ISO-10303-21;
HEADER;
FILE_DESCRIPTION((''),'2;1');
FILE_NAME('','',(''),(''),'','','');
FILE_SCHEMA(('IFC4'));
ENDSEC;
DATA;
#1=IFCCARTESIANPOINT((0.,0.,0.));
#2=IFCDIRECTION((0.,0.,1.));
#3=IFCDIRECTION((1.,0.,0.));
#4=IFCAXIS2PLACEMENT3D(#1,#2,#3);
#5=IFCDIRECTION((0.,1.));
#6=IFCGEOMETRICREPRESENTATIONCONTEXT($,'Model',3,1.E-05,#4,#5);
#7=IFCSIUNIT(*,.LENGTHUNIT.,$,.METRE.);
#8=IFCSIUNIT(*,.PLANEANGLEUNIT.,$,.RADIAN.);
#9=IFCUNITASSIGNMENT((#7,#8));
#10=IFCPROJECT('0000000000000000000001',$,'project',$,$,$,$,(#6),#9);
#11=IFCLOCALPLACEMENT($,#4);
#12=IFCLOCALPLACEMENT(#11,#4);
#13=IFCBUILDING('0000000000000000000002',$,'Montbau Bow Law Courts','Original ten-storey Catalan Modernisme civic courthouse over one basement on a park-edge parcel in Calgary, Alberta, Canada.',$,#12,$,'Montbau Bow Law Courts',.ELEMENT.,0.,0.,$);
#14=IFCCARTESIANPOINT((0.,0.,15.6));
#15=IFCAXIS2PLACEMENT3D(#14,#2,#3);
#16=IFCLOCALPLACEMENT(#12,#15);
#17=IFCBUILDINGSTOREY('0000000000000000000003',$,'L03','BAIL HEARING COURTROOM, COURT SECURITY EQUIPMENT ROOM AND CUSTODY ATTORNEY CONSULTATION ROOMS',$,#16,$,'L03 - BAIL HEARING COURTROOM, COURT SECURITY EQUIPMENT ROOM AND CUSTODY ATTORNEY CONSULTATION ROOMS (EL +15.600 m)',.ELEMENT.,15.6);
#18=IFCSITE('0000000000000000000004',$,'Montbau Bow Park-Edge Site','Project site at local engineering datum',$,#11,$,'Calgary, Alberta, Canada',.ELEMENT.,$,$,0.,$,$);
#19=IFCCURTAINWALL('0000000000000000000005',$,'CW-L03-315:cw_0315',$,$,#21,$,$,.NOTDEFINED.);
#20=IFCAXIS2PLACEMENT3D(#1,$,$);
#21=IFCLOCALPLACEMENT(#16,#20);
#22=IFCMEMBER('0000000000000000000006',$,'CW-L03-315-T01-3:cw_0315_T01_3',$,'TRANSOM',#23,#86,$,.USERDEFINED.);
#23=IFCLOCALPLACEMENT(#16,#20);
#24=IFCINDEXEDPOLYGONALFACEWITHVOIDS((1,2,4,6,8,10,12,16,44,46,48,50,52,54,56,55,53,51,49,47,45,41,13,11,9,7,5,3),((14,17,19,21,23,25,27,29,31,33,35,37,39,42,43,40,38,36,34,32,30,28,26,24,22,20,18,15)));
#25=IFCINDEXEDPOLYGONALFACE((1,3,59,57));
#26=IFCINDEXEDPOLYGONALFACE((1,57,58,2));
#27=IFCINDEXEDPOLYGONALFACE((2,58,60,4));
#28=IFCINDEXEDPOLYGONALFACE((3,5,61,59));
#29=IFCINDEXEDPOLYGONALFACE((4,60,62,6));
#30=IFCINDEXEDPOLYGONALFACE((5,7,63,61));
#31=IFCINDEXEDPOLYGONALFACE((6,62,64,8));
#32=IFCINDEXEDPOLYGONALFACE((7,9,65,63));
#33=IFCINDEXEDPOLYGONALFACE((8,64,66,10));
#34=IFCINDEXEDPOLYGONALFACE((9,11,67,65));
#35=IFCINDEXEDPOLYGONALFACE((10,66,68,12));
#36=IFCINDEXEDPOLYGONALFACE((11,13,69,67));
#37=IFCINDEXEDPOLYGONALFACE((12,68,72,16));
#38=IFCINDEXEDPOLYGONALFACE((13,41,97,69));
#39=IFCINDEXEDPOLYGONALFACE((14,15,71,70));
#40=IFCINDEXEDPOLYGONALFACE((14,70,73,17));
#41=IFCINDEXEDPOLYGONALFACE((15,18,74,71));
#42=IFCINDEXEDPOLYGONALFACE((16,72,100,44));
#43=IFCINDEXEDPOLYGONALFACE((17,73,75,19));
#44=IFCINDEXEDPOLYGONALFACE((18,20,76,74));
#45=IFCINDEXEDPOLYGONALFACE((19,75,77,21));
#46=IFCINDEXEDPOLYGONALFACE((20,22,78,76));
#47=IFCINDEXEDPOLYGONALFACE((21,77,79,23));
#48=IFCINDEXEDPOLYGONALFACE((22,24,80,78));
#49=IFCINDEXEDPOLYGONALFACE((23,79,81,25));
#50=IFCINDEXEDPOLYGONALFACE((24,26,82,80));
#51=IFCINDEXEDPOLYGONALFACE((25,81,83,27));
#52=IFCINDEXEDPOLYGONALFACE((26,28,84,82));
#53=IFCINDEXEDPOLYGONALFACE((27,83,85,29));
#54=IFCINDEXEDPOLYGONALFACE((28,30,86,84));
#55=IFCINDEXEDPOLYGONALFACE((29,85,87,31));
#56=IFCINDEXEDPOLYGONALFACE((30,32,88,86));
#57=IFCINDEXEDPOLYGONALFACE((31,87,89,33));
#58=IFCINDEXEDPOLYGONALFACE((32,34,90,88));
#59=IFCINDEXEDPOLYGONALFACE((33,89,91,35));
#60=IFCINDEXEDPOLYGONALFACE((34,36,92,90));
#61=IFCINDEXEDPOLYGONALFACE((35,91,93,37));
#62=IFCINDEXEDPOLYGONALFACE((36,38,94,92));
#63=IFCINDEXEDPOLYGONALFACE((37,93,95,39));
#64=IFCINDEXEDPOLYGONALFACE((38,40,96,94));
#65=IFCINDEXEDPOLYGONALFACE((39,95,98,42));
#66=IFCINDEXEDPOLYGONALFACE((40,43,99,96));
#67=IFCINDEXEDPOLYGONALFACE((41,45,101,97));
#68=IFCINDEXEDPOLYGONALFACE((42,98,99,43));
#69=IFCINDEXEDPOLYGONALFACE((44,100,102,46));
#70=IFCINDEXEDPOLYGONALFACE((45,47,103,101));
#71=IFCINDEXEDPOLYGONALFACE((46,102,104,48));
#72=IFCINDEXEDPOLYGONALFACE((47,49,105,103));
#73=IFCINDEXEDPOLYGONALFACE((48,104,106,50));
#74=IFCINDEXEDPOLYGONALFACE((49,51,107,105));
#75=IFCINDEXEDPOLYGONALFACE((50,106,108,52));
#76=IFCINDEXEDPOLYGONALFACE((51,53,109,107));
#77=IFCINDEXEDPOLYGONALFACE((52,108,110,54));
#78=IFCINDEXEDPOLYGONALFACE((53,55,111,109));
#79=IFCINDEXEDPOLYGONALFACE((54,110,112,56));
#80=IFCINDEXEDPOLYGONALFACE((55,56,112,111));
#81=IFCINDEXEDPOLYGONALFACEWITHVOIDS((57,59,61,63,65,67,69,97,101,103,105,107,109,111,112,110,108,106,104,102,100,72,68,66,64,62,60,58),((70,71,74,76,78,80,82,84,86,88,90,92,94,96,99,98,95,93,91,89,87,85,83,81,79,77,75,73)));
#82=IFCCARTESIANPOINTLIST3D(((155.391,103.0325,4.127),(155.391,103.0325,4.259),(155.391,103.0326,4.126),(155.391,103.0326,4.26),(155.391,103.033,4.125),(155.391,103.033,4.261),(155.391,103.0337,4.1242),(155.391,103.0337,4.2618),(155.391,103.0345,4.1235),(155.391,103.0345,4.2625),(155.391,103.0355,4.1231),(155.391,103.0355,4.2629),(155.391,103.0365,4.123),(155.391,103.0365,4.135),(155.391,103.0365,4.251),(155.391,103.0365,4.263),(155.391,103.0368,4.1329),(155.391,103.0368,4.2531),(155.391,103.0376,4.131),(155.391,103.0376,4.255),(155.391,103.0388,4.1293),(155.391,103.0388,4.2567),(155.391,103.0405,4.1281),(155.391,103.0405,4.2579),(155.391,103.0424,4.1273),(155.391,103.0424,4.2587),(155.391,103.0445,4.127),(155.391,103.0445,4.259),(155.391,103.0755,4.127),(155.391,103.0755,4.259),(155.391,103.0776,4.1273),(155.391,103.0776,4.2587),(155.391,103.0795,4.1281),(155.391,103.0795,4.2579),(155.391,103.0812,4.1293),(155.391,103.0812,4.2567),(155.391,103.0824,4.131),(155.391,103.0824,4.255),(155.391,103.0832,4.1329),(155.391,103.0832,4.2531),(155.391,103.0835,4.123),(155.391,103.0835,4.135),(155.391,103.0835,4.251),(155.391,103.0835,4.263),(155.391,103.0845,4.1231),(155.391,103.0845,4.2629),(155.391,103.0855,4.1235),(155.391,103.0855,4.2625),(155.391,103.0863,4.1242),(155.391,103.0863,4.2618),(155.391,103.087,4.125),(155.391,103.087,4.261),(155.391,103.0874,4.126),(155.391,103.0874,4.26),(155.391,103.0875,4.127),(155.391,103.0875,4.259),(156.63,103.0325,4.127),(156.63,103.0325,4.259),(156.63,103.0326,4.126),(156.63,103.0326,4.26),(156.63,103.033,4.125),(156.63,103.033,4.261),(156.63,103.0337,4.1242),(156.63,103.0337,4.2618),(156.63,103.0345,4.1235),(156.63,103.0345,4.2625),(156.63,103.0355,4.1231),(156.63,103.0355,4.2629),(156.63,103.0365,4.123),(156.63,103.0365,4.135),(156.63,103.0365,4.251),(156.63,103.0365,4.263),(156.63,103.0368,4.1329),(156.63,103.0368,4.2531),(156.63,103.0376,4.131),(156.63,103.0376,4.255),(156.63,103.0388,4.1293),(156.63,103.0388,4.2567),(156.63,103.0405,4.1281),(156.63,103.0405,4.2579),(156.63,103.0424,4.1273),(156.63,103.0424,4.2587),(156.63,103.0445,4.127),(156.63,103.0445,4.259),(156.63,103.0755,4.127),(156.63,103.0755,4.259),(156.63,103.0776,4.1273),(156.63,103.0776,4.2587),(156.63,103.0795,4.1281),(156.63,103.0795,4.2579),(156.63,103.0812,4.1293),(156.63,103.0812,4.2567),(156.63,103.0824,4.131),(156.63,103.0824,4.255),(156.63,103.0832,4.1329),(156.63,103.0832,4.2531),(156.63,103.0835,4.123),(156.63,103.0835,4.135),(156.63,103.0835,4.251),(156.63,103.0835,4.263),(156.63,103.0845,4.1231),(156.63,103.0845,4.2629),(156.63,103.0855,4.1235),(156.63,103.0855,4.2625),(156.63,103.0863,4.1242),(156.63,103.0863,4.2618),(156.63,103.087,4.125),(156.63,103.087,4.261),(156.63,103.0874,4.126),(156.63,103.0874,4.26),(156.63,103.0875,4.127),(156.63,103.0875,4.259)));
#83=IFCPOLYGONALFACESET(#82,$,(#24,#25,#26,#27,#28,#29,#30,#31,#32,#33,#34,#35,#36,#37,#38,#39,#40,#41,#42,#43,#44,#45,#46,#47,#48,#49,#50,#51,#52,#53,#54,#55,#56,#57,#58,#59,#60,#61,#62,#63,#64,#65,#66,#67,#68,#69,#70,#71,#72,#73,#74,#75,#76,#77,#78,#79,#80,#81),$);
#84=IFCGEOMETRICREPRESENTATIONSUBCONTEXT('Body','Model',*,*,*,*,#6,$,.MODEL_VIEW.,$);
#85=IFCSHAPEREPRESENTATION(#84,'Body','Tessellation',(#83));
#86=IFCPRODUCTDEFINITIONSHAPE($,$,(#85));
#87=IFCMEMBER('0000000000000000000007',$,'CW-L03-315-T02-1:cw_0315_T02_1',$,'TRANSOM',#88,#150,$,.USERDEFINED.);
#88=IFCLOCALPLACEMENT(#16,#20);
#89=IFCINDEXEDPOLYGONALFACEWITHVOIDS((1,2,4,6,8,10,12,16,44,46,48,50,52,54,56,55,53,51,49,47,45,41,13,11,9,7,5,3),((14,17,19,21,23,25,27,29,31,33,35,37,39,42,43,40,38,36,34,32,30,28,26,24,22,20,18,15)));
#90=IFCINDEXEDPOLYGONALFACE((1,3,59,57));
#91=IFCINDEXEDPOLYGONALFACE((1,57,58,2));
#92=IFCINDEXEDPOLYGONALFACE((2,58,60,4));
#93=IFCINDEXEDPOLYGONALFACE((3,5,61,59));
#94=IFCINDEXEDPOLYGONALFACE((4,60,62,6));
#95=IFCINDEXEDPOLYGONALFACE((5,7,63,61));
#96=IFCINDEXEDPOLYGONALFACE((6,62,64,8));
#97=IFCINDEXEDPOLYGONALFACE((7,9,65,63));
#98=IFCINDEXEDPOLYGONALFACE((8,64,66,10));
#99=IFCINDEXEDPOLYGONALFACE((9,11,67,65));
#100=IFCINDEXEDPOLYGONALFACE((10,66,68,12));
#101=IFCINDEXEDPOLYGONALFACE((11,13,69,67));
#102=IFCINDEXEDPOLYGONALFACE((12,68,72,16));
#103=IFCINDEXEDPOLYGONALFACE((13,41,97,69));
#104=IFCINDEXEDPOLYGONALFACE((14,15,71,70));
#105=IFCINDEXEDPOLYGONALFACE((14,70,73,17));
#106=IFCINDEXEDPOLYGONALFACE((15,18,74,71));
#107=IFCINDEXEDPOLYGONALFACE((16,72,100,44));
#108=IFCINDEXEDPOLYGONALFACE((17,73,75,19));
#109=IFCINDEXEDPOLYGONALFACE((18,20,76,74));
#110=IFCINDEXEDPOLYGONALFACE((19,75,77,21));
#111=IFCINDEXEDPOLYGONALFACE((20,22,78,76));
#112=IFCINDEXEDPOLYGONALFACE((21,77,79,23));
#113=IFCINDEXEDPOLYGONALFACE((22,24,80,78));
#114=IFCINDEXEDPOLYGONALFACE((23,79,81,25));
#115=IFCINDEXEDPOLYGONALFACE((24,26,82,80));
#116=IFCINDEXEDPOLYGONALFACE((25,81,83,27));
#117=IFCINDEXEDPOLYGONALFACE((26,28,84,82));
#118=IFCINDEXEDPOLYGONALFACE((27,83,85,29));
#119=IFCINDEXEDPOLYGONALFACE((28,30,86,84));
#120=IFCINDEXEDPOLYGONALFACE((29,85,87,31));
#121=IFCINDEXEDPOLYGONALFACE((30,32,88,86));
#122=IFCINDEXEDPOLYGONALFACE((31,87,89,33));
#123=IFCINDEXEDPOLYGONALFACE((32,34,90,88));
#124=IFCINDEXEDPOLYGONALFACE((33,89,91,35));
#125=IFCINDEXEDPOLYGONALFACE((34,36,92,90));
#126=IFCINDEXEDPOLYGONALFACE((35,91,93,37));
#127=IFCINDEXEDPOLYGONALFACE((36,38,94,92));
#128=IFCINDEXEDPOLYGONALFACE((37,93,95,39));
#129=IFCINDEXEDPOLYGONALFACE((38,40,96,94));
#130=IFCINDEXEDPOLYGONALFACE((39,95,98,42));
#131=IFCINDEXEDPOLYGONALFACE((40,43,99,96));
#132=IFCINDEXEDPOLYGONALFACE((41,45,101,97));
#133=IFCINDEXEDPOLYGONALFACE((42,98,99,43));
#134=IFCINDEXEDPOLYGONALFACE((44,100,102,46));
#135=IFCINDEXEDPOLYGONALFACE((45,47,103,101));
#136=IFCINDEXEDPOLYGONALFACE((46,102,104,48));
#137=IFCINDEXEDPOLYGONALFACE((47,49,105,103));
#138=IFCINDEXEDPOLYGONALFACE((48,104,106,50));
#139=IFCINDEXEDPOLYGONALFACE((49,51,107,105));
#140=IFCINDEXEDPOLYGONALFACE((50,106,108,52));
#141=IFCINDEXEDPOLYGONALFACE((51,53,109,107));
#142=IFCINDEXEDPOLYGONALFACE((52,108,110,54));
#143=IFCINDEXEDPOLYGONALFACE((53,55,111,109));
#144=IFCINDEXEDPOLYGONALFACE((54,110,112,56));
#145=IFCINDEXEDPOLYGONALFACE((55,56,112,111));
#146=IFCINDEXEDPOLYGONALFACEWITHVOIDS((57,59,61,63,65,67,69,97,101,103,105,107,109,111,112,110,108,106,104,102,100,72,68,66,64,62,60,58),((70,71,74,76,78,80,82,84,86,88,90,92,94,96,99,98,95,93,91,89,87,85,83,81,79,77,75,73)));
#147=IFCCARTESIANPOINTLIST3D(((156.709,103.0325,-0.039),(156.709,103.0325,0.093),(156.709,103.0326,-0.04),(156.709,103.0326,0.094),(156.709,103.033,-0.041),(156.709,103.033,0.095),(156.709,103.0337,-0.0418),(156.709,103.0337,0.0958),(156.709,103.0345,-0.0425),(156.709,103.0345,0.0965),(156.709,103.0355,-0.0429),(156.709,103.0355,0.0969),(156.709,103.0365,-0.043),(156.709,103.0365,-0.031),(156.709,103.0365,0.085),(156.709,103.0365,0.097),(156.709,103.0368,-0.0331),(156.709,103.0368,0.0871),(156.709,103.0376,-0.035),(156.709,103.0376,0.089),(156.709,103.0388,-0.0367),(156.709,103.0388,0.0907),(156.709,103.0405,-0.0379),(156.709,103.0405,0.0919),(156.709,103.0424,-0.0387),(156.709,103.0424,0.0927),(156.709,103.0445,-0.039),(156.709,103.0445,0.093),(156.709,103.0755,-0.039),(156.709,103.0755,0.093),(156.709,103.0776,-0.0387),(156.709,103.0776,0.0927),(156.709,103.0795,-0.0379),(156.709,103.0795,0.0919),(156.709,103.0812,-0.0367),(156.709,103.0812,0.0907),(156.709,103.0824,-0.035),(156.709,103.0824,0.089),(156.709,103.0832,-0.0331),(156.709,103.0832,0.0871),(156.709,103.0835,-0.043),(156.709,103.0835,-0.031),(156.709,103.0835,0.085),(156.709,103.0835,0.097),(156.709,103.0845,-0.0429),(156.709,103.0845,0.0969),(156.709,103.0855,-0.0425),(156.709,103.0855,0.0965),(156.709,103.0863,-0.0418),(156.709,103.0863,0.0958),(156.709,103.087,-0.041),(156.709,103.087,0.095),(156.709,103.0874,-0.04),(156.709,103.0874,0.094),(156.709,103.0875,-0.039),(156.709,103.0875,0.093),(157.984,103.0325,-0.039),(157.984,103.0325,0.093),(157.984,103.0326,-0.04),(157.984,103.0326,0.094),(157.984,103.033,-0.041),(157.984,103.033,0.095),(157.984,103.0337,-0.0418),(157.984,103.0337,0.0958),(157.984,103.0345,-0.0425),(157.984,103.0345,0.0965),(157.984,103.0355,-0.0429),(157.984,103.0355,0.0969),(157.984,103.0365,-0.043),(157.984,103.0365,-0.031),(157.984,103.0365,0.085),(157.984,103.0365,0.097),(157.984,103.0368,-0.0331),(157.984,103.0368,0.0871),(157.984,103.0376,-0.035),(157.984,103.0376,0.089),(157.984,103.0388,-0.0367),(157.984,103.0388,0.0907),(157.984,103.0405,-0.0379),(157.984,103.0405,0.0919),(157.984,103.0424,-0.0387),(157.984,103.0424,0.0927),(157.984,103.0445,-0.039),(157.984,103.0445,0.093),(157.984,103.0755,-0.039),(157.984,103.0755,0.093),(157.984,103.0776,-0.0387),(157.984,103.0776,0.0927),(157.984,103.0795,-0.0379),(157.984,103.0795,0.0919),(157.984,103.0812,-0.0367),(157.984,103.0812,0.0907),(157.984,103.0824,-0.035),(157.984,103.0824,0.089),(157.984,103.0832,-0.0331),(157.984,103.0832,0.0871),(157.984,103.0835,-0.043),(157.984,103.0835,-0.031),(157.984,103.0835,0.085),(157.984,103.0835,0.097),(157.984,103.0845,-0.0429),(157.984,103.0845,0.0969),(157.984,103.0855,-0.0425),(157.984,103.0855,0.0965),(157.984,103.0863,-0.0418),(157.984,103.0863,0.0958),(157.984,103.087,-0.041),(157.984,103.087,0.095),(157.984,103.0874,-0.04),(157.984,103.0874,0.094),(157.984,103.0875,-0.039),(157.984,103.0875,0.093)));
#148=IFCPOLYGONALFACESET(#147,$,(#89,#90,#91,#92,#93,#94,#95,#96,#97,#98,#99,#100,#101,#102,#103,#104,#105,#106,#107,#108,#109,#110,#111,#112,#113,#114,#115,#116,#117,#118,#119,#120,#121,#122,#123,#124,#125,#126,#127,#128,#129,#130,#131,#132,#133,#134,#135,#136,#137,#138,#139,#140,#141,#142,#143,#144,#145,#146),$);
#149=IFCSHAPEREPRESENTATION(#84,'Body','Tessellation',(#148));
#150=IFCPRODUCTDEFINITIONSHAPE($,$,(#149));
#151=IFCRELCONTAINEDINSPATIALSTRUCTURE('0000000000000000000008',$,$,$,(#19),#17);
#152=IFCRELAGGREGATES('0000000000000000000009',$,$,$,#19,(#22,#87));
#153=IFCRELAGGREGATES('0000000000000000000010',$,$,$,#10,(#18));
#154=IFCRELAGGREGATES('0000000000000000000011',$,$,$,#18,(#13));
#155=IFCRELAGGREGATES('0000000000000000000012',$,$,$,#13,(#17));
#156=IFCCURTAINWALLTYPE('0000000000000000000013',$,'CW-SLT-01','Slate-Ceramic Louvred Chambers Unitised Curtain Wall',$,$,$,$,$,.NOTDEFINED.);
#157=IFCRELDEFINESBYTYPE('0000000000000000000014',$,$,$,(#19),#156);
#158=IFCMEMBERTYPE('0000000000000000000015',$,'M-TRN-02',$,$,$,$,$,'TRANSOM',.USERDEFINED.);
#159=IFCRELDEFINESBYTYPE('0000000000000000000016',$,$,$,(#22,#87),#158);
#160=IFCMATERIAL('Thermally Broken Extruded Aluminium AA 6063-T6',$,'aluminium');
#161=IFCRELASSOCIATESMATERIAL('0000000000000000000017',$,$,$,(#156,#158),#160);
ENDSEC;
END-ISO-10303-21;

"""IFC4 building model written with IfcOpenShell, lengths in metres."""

from ifc_helpers import new_model, si_unit, direction, frame, origin_with_axes, origin_2d_with_axis, place, context, subcontext, project, spatial, hollow_rectangle, extrude, material, material_profile, profile_set, type_object, element, aggregate, save


model = new_model("IFC4")

# Units and contexts
model_context = context("Model", 3, precision=1e-05, world=origin_with_axes(), true_north=direction((0.0, 1.0)))
body_context = subcontext(model_context, "Body", "Model", "MODEL_VIEW")
ifc_project = project(units=[si_unit("LENGTHUNIT", "METRE"), si_unit("PLANEANGLEUNIT", "RADIAN")], contexts=[model_context])

# Site, building, storey
site_placement = place(None, origin_with_axes())
site = spatial("IfcSite", under=ifc_project, at=site_placement, Name="Montbau Bow Park-Edge Site", Description="Project site at local engineering datum", LongName="Calgary, Alberta, Canada", CompositionType="ELEMENT", RefElevation=0.0)
building_placement = place(site_placement, origin_with_axes())
building = spatial("IfcBuilding", under=site, at=building_placement, Name="Montbau Bow Law Courts", Description="Original ten-storey Catalan Modernisme civic courthouse over one basement on a park-edge parcel in Calgary, Alberta, Canada.", LongName="Montbau Bow Law Courts", CompositionType="ELEMENT", ElevationOfRefHeight=0.0, ElevationOfTerrain=0.0)
storey_placement = place(building_placement, frame((0.0, 0.0, 15.6), z_axis=(0.0, 0.0, 1.0), x_axis=(1.0, 0.0, 0.0)))
storey = spatial("IfcBuildingStorey", under=building, at=storey_placement, Name="L03", Description="BAIL HEARING COURTROOM, COURT SECURITY EQUIPMENT ROOM AND CUSTODY ATTORNEY CONSULTATION ROOMS", LongName="L03 - BAIL HEARING COURTROOM, COURT SECURITY EQUIPMENT ROOM AND CUSTODY ATTORNEY CONSULTATION ROOMS (EL +15.600 m)", CompositionType="ELEMENT", Elevation=15.6)

# Curtain wall, members
ifc_material_1 = material(Name="Thermally Broken Extruded Aluminium AA 6063-T6", Category="aluminium")
curtain_wall_type = type_object("IfcCurtainWallType", Name="CW-SLT-01", Description="Slate-Ceramic Louvred Chambers Unitised Curtain Wall", PredefinedType="NOTDEFINED", material=ifc_material_1)
curtain_wall_placement = place(None, frame((155.315, 103.06, 15.6), z_axis=(0.0, 0.0, 1.0), x_axis=(1.0, 0.0, 0.0)))
curtain_wall = element("IfcCurtainWall", 1, at=curtain_wall_placement, inside=storey, type_object=curtain_wall_type, Name="CW-L03-315:cw_0315", PredefinedType="NOTDEFINED")
ifc_material_profile_1 = material_profile(ifc_material_1, hollow_rectangle(XDim=0.055, YDim=0.14, WallThickness=0.004, InnerFilletRadius=0.008, OuterFilletRadius=0.004, at=origin_2d_with_axis()), Name="CWT-140X55", Category="Main", Priority=0)
ifc_profile_set_1 = profile_set([ifc_material_profile_1], Name="Thermally Broken Extruded Aluminium AA 6063-T6")
member_type_1 = type_object("IfcMemberType", Name="M-TRN-02", ElementType="TRANSOM", PredefinedType="USERDEFINED", material=ifc_profile_set_1)
member_1_placement = place(None, frame((155.391, 103.06, 19.793), z_axis=(1.0, 0.0, 0.0), x_axis=(0.0, 1.0, 0.0)))
member_1 = element("IfcMember", 2, at=member_1_placement, type_object=member_type_1, Name="CW-L03-315-T01-3:cw_0315_T01_3", ObjectType="TRANSOM", PredefinedType="USERDEFINED", context=body_context, shape_type="SweptSolid", body=[
    extrude(hollow_rectangle(XDim=0.055, YDim=0.14, WallThickness=0.004, InnerFilletRadius=0.008, OuterFilletRadius=0.004, at=origin_2d_with_axis()), origin_with_axes(), (0.0, 0.0, 1.0), 1.239),
])
member_2_placement = place(None, frame((156.709, 103.06, 15.627), z_axis=(1.0, 0.0, 0.0), x_axis=(0.0, 1.0, 0.0)))
member_2 = element("IfcMember", 3, at=member_2_placement, type_object=member_type_1, Name="CW-L03-315-T02-1:cw_0315_T02_1", ObjectType="TRANSOM", PredefinedType="USERDEFINED", context=body_context, shape_type="SweptSolid", body=[
    extrude(hollow_rectangle(XDim=0.055, YDim=0.14, WallThickness=0.004, InnerFilletRadius=0.008, OuterFilletRadius=0.004, at=origin_2d_with_axis()), origin_with_axes(), (0.0, 0.0, 1.0), 1.275),
])
aggregate(curtain_wall, [member_1, member_2])

save(model, "model.ifc")
